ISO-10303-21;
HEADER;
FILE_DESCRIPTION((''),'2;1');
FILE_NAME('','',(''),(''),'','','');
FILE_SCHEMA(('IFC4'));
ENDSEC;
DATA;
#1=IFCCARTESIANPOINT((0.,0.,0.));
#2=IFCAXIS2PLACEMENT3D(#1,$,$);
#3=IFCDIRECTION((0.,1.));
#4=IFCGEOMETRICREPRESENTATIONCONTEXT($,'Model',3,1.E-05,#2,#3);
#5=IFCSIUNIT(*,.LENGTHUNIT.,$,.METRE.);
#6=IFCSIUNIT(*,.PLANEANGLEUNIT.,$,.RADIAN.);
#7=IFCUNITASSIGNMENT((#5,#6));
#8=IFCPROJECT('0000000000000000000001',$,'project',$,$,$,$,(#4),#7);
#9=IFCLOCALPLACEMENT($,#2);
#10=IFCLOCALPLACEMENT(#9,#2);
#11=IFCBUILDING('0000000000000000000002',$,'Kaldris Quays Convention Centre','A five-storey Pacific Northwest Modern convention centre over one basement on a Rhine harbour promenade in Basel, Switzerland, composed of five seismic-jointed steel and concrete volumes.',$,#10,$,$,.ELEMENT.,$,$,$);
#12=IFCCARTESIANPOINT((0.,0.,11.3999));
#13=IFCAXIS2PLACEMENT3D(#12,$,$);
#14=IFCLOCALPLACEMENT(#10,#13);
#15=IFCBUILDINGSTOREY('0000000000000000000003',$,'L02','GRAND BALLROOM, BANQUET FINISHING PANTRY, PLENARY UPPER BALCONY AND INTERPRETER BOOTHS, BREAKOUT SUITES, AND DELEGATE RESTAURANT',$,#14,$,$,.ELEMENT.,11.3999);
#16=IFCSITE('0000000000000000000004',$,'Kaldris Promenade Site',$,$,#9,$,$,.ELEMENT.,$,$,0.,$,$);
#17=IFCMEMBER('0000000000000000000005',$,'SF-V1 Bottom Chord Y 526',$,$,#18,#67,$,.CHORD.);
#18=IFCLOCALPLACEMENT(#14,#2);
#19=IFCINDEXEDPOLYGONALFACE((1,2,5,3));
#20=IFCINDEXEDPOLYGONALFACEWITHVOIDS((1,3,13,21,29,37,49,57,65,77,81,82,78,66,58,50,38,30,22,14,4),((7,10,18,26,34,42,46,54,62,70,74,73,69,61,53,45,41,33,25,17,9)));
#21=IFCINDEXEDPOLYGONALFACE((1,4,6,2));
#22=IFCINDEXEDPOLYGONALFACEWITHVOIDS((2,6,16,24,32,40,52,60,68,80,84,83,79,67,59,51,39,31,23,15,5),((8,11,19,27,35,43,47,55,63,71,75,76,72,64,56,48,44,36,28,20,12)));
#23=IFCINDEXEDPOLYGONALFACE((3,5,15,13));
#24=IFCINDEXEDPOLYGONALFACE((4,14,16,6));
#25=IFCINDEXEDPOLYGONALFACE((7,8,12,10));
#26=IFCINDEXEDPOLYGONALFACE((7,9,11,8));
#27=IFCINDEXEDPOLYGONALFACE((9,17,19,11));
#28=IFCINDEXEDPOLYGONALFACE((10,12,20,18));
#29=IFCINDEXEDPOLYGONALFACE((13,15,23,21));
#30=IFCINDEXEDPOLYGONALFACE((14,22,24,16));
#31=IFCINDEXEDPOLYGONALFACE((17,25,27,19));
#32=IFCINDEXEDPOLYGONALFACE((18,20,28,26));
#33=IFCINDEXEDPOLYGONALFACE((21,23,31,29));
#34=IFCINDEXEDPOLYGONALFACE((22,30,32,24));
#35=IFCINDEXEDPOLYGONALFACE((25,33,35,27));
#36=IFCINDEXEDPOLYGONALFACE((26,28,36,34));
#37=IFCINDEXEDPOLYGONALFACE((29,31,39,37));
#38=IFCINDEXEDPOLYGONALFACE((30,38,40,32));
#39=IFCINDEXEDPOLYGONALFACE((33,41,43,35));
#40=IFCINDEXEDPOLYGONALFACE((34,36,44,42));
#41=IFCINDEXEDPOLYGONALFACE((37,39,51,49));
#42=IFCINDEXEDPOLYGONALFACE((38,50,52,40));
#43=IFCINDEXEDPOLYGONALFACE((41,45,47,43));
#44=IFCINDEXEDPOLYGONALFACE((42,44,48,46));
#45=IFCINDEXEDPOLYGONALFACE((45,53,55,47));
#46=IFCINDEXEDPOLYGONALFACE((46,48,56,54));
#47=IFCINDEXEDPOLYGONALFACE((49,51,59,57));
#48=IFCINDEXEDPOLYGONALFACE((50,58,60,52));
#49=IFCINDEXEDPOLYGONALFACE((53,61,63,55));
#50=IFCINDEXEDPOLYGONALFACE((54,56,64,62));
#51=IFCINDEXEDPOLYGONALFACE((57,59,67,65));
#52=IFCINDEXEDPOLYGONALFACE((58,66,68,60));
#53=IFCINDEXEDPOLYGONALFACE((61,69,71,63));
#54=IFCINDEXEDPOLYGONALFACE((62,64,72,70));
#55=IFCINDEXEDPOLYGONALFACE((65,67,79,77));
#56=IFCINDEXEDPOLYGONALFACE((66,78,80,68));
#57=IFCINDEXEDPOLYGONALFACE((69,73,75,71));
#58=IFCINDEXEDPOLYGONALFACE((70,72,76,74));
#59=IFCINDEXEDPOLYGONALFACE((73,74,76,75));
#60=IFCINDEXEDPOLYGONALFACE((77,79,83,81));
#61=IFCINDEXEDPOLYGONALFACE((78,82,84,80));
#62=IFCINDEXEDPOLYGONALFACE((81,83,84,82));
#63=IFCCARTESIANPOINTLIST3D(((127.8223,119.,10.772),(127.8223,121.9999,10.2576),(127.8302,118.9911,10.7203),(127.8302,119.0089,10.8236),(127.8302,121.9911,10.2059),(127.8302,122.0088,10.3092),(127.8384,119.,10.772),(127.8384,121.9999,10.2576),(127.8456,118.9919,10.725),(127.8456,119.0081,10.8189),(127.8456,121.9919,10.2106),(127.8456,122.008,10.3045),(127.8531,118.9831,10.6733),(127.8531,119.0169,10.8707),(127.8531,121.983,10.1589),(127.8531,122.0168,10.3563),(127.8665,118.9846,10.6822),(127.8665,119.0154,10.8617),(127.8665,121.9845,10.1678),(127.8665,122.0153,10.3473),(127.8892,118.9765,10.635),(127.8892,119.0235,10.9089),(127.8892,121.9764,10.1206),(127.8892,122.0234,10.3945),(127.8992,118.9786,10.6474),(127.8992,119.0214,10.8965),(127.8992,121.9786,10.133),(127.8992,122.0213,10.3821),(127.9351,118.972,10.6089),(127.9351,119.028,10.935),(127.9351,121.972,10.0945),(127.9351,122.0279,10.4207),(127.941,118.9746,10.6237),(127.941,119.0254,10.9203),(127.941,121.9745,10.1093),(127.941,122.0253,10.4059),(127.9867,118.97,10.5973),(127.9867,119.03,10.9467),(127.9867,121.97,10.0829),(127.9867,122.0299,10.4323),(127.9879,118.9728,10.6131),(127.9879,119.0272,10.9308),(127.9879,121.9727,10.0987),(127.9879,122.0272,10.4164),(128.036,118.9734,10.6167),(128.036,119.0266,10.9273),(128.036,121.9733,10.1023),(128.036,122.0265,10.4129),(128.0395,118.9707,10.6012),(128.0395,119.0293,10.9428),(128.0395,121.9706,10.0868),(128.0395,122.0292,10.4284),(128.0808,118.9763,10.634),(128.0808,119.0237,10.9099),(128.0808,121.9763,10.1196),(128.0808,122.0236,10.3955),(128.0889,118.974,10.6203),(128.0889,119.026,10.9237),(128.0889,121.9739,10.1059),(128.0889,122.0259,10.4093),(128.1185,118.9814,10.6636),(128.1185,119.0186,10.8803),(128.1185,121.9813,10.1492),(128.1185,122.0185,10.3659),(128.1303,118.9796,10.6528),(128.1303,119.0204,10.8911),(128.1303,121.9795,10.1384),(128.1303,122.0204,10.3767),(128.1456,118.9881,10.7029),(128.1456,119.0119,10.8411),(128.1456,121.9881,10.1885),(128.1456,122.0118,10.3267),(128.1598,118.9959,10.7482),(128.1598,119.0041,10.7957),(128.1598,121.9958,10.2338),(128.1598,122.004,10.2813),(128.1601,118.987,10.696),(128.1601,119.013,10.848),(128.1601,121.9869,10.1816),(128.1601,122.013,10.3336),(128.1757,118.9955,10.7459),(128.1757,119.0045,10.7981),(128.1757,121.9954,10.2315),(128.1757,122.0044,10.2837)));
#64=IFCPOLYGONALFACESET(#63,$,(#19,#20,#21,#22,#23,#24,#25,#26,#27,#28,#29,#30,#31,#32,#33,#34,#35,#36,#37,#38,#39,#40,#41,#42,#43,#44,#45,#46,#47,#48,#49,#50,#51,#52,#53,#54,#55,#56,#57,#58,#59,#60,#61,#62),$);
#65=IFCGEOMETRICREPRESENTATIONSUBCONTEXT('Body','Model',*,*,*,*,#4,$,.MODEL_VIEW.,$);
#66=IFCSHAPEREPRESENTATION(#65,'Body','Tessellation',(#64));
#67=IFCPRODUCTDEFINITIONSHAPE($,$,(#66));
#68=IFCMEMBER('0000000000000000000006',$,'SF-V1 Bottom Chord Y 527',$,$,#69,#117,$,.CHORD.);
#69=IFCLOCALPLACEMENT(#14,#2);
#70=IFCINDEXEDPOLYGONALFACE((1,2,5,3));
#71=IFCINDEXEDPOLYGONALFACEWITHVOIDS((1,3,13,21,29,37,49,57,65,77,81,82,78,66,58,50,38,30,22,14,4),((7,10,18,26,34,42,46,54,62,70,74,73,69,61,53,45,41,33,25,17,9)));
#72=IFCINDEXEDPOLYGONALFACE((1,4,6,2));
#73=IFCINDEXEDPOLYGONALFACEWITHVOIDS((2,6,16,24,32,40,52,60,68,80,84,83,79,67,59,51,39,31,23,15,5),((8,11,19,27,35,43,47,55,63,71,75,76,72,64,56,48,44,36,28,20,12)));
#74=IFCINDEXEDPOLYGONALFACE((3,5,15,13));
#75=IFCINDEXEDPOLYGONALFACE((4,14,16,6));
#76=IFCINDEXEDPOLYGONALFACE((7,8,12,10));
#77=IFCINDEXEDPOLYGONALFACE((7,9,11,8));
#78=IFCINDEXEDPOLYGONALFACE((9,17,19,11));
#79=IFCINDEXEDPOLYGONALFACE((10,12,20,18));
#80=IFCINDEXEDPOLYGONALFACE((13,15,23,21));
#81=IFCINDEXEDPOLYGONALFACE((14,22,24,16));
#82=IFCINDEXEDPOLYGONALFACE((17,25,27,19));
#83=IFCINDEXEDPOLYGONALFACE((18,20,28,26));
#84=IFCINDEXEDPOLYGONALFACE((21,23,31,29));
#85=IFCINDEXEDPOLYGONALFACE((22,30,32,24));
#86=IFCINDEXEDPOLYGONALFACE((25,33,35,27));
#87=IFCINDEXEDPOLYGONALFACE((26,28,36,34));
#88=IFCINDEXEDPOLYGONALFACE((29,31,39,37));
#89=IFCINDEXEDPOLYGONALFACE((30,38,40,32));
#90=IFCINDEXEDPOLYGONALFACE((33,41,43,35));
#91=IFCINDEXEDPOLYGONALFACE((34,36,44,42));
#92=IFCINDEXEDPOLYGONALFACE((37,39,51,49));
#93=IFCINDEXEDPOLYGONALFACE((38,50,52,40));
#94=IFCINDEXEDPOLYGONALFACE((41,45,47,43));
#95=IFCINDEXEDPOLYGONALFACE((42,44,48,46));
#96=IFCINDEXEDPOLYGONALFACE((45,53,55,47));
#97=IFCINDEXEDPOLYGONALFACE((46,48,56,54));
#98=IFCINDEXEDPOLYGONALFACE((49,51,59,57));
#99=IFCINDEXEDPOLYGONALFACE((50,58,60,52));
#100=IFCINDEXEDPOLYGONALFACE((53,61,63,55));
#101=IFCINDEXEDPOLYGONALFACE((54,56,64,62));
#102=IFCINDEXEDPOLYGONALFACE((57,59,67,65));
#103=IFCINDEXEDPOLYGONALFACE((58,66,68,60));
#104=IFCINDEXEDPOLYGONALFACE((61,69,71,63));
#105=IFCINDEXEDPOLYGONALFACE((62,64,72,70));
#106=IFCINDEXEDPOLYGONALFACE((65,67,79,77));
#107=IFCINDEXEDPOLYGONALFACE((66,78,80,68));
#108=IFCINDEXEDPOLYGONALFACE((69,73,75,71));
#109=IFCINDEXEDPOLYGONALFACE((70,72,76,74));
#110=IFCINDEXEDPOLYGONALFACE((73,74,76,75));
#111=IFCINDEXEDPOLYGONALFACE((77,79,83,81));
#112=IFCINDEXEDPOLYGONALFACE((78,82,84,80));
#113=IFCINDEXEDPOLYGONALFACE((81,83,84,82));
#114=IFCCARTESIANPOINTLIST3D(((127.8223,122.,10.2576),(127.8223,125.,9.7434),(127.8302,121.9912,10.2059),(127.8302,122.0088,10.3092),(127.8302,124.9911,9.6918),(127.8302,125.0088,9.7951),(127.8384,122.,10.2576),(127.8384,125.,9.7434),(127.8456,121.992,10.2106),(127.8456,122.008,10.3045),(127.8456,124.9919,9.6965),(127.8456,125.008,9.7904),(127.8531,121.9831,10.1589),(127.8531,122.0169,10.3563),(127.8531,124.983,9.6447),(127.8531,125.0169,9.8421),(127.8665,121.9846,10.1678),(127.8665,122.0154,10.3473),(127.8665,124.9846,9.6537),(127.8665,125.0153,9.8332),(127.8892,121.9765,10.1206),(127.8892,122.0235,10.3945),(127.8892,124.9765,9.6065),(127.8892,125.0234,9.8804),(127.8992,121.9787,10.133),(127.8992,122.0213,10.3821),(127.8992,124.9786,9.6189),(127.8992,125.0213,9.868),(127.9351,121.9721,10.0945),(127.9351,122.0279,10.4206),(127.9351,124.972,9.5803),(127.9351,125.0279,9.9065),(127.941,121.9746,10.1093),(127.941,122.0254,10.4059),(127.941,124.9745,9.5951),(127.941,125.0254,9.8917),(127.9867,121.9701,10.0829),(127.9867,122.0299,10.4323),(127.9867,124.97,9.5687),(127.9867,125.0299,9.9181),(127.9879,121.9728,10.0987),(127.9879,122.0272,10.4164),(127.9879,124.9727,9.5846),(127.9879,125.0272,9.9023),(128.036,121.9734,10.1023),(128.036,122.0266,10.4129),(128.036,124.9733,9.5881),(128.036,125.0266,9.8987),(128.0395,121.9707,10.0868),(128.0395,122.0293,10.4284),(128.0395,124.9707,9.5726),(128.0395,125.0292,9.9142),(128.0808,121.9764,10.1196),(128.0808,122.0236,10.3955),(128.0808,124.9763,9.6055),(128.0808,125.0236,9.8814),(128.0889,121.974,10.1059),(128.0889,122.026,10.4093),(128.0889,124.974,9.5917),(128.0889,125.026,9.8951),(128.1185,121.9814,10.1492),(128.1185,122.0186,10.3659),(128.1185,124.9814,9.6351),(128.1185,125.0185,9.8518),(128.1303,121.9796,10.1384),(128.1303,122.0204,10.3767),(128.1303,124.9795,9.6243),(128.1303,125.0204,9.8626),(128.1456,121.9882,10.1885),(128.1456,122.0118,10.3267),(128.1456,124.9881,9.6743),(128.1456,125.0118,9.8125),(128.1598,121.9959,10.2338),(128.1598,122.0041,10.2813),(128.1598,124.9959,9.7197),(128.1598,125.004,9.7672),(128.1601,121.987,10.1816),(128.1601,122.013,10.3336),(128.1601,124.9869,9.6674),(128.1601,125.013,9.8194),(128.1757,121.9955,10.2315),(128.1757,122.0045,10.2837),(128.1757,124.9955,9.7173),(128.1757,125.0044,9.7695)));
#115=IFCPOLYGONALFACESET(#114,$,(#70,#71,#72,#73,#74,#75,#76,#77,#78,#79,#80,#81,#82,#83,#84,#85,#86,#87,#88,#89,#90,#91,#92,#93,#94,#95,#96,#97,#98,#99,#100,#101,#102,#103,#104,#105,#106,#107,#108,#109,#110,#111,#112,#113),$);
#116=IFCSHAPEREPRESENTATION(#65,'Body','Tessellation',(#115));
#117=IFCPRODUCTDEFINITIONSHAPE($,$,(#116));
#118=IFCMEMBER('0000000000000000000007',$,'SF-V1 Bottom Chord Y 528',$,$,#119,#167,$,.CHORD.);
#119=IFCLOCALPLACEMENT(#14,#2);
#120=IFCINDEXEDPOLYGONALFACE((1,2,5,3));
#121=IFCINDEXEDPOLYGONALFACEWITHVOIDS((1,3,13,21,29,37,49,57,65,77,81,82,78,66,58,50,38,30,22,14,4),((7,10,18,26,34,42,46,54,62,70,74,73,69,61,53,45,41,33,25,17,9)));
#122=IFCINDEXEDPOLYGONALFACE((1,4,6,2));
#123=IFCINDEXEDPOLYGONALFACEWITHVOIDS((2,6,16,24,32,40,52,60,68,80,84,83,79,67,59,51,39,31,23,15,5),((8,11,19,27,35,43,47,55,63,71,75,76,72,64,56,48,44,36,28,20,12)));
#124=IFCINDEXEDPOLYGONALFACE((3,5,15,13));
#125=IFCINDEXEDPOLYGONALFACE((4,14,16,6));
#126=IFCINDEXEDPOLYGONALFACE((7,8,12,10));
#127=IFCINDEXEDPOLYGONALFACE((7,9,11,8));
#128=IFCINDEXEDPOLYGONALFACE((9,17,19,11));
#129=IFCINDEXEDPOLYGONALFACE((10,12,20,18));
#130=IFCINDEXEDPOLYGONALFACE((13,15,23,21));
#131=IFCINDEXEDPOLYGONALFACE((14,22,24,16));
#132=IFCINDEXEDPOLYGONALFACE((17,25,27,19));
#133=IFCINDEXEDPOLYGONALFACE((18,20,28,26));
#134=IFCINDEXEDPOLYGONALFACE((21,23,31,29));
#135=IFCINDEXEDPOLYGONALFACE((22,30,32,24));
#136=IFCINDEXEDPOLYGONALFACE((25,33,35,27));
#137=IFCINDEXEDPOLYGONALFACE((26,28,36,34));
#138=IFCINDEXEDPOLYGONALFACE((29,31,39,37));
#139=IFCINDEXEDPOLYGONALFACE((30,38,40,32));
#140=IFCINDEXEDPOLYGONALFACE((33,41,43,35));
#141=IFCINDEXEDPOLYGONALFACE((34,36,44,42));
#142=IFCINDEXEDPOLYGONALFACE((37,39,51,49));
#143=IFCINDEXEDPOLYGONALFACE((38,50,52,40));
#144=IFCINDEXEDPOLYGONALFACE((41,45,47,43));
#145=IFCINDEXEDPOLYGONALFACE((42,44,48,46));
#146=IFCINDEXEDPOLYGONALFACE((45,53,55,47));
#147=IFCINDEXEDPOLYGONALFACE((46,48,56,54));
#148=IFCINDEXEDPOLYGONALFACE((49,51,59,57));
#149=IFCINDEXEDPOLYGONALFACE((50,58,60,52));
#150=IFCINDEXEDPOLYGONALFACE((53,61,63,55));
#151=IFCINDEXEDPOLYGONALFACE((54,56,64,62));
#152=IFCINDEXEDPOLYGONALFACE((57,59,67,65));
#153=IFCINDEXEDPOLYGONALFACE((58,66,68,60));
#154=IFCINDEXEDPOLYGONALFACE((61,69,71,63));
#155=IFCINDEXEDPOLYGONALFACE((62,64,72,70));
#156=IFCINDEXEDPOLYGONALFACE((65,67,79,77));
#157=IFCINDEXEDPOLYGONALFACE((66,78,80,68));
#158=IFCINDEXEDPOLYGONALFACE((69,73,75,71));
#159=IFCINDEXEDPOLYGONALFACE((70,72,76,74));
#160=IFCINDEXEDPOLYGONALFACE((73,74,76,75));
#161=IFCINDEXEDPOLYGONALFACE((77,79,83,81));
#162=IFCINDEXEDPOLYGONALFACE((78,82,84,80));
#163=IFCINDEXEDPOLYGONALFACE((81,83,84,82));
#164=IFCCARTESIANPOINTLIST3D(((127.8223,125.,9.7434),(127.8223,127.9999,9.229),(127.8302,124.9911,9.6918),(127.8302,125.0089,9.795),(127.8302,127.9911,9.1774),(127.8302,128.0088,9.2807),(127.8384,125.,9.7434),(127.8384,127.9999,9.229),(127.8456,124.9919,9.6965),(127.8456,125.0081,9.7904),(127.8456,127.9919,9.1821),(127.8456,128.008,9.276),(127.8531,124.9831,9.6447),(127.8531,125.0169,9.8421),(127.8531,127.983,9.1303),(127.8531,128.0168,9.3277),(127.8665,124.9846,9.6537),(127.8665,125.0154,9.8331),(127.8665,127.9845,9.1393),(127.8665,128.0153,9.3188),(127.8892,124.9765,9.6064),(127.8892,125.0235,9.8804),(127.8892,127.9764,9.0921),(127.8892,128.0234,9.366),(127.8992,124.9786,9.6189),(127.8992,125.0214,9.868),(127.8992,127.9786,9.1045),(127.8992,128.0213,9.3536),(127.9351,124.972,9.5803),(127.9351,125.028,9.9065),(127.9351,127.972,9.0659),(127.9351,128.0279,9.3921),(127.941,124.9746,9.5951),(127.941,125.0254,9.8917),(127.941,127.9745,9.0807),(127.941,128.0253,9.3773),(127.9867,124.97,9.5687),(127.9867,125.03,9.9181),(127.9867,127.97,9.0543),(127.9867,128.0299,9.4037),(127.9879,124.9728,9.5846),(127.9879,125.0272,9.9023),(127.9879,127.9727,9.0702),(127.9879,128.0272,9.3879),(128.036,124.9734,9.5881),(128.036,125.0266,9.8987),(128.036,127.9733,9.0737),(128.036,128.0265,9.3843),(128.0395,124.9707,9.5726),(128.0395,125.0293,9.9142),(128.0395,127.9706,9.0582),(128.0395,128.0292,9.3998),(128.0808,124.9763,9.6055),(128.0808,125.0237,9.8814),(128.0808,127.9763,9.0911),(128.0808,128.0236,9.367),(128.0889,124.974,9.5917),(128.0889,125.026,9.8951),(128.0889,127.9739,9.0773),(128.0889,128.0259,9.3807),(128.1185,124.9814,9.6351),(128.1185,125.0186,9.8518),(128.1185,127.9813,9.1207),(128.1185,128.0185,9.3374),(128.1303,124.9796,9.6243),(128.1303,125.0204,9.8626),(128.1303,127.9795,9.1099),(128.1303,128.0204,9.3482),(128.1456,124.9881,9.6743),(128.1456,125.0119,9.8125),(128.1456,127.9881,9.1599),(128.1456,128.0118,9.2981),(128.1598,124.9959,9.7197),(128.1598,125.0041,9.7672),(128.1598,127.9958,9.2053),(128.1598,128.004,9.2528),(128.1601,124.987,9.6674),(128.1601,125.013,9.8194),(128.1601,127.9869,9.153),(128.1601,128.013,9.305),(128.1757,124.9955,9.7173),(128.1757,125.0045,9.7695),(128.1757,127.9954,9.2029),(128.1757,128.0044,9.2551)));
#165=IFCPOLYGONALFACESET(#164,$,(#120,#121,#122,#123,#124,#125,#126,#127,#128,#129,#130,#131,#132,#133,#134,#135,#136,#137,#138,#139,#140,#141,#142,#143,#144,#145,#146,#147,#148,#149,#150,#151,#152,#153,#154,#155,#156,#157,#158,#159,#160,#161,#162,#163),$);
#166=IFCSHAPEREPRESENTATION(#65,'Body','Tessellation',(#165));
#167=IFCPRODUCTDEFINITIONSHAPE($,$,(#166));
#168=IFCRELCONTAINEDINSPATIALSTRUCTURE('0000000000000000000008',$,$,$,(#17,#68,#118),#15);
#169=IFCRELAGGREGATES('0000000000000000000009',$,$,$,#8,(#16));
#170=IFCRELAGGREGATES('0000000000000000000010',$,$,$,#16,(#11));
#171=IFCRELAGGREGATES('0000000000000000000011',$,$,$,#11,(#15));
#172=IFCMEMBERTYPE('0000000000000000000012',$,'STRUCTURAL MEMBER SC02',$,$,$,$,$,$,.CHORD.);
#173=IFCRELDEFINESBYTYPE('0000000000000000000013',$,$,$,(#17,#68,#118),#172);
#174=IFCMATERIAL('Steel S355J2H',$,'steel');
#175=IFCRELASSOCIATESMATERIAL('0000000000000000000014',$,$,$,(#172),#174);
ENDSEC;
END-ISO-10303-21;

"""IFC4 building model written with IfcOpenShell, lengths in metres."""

from ifc_helpers import new_model, si_unit, direction, frame, origin, origin_2d, place, context, subcontext, project, spatial, hollow_circle, extrude, material, material_profile, profile_set, type_object, element, save


model = new_model("IFC4")

# Units and contexts
model_context = context("Model", 3, precision=1e-05, world=origin(), true_north=direction((0.0, 1.0)))
body_context = subcontext(model_context, "Body", "Model", "MODEL_VIEW")
ifc_project = project(units=[si_unit("LENGTHUNIT", "METRE"), si_unit("PLANEANGLEUNIT", "RADIAN")], contexts=[model_context])

# Site, building, storey
site_placement = place(None, origin())
site = spatial("IfcSite", under=ifc_project, at=site_placement, Name="Kaldris Promenade Site", CompositionType="ELEMENT", RefElevation=0.0)
building_placement = place(site_placement, origin())
building = spatial("IfcBuilding", under=site, at=building_placement, Name="Kaldris Quays Convention Centre", Description="A five-storey Pacific Northwest Modern convention centre over one basement on a Rhine harbour promenade in Basel, Switzerland, composed of five seismic-jointed steel and concrete volumes.", CompositionType="ELEMENT")
storey_placement = place(building_placement, frame((0.0, 0.0, 11.3999)))
storey = spatial("IfcBuildingStorey", under=building, at=storey_placement, Name="L02", Description="GRAND BALLROOM, BANQUET FINISHING PANTRY, PLENARY UPPER BALCONY AND INTERPRETER BOOTHS, BREAKOUT SUITES, AND DELEGATE RESTAURANT", CompositionType="ELEMENT", Elevation=11.3999)

# Members
ifc_material_1 = material(Name="Steel S355J2H", Category="steel")
ifc_material_profile_1 = material_profile(ifc_material_1, hollow_circle(Radius=0.1777, WallThickness=0.0161, at=origin_2d()), Name="CHS 355.6x16")
ifc_profile_set_1 = profile_set([ifc_material_profile_1], Name="Steel S355J2H")
member_type_1 = type_object("IfcMemberType", Name="STRUCTURAL MEMBER SC02", PredefinedType="CHORD", material=ifc_profile_set_1)
for number, where, z_axis, x_axis, name in (
    (1, (128.0, 119.0, 10.772), (0.0, 0.985616, -0.169002), (-1.0, 0.0, 0.0), "SF-V1 Bottom Chord Y 526"),
    (2, (128.0, 122.0, 10.2576), (0.0, 0.985629, -0.168924), (-1.0, 0.0, 0.0), "SF-V1 Bottom Chord Y 527"),
    (3, (128.0, 125.0, 9.7434), (0.0, 0.985616, -0.169002), (-1.0, 0.0, 0.0), "SF-V1 Bottom Chord Y 528"),
):
    element("IfcMember", number, at=place(storey_placement, frame(where, z_axis=z_axis, x_axis=x_axis)), inside=storey, type_object=member_type_1, Name=name, PredefinedType="CHORD", context=body_context, shape_type="SweptSolid", body=[
        extrude(hollow_circle(Radius=0.1777, WallThickness=0.0161, at=origin_2d()), origin(), (0.0, 0.0, 1.0), 3.0437),
    ])

save(model, "model.ifc")
